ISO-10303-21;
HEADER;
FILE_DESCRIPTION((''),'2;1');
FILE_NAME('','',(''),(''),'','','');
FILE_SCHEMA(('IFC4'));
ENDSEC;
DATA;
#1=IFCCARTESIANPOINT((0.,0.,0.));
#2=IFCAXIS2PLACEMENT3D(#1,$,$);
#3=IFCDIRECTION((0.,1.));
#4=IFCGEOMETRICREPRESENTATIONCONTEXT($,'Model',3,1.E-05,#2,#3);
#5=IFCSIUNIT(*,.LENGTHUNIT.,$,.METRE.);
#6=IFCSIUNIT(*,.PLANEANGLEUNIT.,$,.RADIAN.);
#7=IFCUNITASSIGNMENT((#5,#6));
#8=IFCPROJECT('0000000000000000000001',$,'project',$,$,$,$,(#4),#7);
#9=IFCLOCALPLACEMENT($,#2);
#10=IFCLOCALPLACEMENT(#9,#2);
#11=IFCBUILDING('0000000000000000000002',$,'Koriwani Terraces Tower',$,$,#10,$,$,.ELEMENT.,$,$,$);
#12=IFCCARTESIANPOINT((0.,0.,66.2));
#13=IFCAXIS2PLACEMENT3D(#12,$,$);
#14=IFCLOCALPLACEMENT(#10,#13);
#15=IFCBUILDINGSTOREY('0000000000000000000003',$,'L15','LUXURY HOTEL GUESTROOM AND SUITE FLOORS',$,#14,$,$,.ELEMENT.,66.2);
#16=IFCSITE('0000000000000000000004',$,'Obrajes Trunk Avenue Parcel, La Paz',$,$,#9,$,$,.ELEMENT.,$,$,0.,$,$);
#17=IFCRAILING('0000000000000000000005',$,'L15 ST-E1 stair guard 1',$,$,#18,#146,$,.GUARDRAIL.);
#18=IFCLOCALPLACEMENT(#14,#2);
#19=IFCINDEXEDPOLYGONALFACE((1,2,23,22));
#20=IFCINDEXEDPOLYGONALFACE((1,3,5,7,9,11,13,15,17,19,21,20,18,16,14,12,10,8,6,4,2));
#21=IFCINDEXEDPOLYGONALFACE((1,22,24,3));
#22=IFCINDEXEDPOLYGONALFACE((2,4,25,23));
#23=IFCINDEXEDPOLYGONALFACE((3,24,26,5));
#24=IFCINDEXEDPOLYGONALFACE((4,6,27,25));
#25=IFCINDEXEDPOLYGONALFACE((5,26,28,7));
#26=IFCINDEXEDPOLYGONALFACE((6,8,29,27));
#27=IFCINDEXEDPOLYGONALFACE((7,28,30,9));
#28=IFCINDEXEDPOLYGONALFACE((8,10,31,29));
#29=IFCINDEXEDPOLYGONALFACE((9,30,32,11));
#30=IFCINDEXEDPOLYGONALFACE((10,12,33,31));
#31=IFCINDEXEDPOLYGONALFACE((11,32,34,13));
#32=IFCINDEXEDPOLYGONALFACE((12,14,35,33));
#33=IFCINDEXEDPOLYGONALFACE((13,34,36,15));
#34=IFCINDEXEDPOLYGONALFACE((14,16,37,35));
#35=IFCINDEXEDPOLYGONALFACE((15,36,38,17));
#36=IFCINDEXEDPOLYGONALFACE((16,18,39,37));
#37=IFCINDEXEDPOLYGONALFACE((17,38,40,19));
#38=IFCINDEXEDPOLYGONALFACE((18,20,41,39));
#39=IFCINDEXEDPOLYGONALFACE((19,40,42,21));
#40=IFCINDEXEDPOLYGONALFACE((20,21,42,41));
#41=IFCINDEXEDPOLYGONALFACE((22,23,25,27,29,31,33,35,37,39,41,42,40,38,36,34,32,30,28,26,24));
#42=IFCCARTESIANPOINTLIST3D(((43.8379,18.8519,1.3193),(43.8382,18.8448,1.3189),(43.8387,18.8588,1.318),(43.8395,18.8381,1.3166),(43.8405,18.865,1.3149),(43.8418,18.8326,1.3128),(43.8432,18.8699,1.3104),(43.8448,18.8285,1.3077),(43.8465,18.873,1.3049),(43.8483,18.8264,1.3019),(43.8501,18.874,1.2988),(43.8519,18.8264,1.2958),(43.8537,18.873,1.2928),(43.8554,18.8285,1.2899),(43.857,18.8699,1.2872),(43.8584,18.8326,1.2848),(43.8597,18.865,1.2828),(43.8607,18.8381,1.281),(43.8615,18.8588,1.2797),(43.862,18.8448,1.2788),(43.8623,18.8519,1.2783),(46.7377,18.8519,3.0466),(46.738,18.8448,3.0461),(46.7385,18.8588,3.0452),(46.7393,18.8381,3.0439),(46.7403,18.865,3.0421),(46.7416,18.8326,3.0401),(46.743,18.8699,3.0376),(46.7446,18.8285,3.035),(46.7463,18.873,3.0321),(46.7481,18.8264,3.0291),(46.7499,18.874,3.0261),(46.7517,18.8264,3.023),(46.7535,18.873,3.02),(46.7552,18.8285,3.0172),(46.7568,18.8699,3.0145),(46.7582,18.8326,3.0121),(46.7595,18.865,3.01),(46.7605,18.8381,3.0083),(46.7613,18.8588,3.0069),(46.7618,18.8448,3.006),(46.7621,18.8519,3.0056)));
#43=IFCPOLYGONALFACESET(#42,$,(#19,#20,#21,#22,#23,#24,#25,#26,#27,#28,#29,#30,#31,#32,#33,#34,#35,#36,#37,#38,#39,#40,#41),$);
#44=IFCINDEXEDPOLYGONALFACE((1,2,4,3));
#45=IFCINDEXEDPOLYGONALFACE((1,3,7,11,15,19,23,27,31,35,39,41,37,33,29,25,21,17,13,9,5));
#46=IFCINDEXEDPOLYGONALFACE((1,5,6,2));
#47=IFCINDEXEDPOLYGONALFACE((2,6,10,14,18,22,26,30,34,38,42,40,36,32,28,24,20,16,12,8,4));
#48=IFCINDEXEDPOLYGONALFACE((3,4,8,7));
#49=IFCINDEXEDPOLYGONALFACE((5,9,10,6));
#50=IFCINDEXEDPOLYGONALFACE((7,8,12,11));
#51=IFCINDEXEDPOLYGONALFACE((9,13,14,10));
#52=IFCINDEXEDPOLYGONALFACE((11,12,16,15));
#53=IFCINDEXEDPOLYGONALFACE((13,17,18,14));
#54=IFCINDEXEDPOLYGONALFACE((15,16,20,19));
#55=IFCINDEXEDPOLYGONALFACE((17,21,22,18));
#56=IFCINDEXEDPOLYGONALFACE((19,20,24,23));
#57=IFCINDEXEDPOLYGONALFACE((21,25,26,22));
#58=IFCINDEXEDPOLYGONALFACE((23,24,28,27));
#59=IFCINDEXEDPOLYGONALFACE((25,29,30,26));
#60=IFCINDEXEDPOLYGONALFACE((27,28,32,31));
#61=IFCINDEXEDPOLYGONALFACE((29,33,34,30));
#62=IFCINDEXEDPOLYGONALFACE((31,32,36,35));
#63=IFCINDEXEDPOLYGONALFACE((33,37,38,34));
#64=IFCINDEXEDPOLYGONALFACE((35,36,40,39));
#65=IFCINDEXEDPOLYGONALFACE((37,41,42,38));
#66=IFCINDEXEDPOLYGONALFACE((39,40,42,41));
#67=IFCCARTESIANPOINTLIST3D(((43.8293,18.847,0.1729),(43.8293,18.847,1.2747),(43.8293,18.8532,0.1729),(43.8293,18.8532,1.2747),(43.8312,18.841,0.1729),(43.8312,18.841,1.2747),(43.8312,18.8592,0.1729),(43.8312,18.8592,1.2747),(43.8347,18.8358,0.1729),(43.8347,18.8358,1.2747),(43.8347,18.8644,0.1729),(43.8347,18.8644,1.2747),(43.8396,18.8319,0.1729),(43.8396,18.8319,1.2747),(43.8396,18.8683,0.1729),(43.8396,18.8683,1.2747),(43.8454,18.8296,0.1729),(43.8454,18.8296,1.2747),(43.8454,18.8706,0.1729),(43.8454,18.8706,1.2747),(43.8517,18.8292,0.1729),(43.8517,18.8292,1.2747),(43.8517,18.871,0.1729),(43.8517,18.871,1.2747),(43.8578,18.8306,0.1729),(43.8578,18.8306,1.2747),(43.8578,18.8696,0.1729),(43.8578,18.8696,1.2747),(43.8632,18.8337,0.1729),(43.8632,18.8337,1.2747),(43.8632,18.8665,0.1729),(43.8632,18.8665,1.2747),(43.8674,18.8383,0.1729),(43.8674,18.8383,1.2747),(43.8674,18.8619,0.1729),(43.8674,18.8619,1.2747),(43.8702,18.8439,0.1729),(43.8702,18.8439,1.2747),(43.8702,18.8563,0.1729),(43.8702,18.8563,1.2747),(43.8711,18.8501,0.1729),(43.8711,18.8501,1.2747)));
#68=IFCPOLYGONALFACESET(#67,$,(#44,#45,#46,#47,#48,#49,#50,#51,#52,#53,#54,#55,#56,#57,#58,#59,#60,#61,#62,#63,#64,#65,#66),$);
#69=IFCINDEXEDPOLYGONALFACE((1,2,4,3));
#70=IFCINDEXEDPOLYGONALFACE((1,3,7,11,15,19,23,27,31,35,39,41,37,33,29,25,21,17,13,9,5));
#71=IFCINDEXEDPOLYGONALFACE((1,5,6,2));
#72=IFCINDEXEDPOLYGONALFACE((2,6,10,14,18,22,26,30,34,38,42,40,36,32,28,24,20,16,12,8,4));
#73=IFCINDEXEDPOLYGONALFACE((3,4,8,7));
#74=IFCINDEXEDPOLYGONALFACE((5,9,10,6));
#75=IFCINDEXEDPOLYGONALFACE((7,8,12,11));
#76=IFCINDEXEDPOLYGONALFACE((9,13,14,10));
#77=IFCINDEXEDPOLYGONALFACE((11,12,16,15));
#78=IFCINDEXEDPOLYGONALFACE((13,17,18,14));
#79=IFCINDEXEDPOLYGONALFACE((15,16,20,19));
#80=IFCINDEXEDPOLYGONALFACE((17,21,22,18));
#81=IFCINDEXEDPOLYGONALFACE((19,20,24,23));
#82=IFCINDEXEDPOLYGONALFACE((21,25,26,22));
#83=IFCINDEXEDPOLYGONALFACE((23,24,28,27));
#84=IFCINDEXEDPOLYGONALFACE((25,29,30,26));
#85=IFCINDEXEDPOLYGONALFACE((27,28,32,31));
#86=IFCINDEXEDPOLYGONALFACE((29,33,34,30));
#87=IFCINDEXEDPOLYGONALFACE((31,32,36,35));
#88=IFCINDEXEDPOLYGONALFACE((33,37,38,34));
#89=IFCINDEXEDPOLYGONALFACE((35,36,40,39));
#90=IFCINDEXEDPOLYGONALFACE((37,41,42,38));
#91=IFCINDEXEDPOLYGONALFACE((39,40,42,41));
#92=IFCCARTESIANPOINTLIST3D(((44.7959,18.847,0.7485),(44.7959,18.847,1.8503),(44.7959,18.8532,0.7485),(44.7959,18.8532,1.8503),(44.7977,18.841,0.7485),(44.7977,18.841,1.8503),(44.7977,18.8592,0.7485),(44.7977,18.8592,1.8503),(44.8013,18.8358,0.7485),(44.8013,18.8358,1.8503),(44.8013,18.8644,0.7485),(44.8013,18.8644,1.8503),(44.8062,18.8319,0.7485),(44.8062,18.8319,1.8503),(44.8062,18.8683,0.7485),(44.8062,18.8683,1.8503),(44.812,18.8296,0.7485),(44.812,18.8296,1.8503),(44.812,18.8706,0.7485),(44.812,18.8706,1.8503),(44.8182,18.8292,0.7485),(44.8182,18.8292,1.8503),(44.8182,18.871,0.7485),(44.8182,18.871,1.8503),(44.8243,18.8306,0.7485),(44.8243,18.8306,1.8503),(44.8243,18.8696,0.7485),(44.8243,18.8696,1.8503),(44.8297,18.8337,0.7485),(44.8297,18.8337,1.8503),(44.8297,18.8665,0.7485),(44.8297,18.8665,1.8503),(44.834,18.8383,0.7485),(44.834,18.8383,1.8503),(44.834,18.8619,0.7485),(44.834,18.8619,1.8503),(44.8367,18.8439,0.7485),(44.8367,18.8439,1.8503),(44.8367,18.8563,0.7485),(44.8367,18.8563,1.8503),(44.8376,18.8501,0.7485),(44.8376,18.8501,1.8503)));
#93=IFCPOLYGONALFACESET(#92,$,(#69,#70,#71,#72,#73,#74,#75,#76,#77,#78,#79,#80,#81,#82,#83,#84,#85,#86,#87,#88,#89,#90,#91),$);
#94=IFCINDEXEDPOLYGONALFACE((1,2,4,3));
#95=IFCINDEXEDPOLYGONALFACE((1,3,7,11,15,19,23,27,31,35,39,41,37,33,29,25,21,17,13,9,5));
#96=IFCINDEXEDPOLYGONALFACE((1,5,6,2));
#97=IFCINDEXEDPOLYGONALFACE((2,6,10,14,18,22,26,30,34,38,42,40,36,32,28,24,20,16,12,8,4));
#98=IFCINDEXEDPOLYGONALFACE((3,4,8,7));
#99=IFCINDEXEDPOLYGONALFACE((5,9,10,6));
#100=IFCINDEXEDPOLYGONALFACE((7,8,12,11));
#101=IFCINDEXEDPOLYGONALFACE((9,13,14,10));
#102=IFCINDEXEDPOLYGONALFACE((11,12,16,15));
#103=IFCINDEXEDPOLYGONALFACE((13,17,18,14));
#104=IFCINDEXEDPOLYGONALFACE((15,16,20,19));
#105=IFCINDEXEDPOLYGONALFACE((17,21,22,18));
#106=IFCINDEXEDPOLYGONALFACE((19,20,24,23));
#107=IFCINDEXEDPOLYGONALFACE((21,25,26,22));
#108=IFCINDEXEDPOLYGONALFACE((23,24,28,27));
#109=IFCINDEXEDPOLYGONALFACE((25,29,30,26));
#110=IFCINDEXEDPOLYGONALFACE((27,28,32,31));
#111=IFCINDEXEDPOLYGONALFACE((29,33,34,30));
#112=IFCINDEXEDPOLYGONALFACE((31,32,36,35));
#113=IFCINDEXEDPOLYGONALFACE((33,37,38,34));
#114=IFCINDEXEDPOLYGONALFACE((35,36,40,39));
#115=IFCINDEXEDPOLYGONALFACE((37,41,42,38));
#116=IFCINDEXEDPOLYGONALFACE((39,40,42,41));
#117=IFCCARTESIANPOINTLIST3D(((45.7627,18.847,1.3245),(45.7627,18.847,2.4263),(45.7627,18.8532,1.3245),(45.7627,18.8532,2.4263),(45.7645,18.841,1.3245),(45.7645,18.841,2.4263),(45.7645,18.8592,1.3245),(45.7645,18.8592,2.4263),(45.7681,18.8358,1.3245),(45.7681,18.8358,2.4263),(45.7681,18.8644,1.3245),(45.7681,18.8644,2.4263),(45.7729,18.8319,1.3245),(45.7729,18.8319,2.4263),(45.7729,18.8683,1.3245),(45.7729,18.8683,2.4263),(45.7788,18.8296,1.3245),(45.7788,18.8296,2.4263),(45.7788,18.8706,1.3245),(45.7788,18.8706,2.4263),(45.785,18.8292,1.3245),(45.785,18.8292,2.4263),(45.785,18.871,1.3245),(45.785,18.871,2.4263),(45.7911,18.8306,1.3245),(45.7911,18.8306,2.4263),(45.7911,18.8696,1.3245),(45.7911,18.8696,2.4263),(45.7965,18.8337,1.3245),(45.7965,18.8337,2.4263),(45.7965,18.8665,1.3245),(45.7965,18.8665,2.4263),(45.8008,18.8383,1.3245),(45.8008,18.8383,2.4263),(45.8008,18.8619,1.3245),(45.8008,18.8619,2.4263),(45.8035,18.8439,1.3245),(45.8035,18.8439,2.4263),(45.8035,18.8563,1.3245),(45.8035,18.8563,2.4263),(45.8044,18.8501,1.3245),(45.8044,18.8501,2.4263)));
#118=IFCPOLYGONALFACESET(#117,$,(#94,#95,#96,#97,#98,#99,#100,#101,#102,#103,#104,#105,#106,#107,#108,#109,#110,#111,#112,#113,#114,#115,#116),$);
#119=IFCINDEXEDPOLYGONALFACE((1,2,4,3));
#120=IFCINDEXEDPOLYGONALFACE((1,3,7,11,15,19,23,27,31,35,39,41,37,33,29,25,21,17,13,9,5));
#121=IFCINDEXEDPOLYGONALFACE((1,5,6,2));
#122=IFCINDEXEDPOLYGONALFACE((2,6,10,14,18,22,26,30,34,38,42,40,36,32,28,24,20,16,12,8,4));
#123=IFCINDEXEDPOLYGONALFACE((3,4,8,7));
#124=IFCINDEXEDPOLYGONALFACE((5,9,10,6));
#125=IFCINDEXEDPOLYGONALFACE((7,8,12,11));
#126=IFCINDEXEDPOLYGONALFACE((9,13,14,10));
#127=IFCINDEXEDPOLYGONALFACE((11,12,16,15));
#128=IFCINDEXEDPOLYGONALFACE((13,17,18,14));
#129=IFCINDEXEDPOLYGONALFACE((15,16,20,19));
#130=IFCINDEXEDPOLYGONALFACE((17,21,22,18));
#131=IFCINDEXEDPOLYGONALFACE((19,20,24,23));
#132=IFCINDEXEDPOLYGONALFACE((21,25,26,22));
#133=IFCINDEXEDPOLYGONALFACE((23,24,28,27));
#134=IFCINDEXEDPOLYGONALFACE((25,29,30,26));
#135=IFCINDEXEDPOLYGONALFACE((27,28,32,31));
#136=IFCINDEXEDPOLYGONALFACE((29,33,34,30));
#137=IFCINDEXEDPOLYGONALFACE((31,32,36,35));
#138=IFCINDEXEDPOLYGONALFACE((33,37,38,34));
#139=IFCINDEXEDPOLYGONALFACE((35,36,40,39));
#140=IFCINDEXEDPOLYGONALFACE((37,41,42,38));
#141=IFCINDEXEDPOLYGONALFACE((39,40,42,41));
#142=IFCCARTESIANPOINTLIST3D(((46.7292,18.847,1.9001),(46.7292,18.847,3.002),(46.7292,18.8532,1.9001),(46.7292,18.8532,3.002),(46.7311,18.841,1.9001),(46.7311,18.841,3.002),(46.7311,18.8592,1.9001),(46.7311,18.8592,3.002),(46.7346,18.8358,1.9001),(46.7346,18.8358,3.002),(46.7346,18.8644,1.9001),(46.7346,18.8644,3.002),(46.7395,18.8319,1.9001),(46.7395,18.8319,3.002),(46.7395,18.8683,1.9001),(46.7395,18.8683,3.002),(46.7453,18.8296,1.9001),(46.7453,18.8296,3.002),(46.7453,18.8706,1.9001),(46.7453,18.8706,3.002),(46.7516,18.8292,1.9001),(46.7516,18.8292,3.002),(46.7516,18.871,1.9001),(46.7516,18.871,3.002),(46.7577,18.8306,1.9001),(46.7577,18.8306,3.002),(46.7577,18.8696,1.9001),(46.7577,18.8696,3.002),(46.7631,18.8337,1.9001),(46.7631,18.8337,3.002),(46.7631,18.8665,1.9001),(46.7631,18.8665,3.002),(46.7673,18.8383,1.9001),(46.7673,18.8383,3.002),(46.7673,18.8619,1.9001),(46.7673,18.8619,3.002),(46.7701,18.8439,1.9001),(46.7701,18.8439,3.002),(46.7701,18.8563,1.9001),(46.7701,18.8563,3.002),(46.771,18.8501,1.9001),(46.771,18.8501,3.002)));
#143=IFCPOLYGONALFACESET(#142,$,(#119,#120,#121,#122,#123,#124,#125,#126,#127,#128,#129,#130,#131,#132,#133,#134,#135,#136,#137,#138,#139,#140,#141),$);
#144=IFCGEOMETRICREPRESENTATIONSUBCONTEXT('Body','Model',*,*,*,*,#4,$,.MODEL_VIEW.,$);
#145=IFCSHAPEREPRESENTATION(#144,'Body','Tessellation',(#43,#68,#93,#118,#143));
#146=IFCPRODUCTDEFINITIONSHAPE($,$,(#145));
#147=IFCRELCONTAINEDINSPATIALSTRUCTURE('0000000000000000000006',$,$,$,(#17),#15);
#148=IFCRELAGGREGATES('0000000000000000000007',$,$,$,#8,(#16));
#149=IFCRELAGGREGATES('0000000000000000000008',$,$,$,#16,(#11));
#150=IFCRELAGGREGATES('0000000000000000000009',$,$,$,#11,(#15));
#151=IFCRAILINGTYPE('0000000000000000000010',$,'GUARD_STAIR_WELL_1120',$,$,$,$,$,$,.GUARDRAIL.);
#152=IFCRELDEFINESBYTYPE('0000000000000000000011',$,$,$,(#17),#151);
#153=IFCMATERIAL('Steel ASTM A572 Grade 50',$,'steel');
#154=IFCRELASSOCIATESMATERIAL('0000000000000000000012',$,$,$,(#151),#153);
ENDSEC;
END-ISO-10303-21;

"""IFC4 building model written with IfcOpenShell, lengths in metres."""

from ifc_helpers import new_model, si_unit, direction, frame, origin, origin_2d, place, context, subcontext, project, spatial, circle, extrude, material, type_object, element, save


model = new_model("IFC4")

# Units and contexts
model_context = context("Model", 3, precision=1e-05, world=origin(), true_north=direction((0.0, 1.0)))
body_context = subcontext(model_context, "Body", "Model", "MODEL_VIEW")
ifc_project = project(units=[si_unit("LENGTHUNIT", "METRE"), si_unit("PLANEANGLEUNIT", "RADIAN")], contexts=[model_context])

# Site, building, storey
site_placement = place(None, origin())
site = spatial("IfcSite", under=ifc_project, at=site_placement, Name="Obrajes Trunk Avenue Parcel, La Paz", CompositionType="ELEMENT", RefElevation=0.0)
building_placement = place(site_placement, origin())
building = spatial("IfcBuilding", under=site, at=building_placement, Name="Koriwani Terraces Tower", CompositionType="ELEMENT")
storey_placement = place(building_placement, frame((0.0, 0.0, 66.2)))
storey = spatial("IfcBuildingStorey", under=building, at=storey_placement, Name="L15", Description="LUXURY HOTEL GUESTROOM AND SUITE FLOORS", CompositionType="ELEMENT", Elevation=66.2)

# Shared definitions
ifc_material_1 = material(Name="Steel ASTM A572 Grade 50", Category="steel")

# Railing
railing_type_1 = type_object("IfcRailingType", Name="GUARD_STAIR_WELL_1120", PredefinedType="GUARDRAIL", material=ifc_material_1)
railing_1_placement = place(storey_placement, frame((43.8501, 18.8501, 0.1729)))
element("IfcRailing", 1, at=railing_1_placement, inside=storey, type_object=railing_type_1, Name="L15 ST-E1 stair guard 1", PredefinedType="GUARDRAIL", context=body_context, shape_type="SweptSolid", body=[
    extrude(circle(Radius=0.0239, at=origin_2d()), frame((0.0, 0.0, 1.126), z_axis=(0.859141, 0.0, 0.511738), x_axis=(0.0, 1.0, 0.0)), (0.0, 0.0, 1.0), 3.3752),
    extrude(circle(Radius=0.021, at=origin_2d()), origin(), (0.0, 0.0, 1.0), 1.1018),
    extrude(circle(Radius=0.021, at=origin_2d()), frame((0.9666, 0.0, 0.5757)), (0.0, 0.0, 1.0), 1.1018),
    extrude(circle(Radius=0.021, at=origin_2d()), frame((1.9333, 0.0, 1.1516)), (0.0, 0.0, 1.0), 1.1018),
    extrude(circle(Radius=0.021, at=origin_2d()), frame((2.8999, 0.0, 1.7273)), (0.0, 0.0, 1.0), 1.1018),
])

save(model, "model.ifc")
